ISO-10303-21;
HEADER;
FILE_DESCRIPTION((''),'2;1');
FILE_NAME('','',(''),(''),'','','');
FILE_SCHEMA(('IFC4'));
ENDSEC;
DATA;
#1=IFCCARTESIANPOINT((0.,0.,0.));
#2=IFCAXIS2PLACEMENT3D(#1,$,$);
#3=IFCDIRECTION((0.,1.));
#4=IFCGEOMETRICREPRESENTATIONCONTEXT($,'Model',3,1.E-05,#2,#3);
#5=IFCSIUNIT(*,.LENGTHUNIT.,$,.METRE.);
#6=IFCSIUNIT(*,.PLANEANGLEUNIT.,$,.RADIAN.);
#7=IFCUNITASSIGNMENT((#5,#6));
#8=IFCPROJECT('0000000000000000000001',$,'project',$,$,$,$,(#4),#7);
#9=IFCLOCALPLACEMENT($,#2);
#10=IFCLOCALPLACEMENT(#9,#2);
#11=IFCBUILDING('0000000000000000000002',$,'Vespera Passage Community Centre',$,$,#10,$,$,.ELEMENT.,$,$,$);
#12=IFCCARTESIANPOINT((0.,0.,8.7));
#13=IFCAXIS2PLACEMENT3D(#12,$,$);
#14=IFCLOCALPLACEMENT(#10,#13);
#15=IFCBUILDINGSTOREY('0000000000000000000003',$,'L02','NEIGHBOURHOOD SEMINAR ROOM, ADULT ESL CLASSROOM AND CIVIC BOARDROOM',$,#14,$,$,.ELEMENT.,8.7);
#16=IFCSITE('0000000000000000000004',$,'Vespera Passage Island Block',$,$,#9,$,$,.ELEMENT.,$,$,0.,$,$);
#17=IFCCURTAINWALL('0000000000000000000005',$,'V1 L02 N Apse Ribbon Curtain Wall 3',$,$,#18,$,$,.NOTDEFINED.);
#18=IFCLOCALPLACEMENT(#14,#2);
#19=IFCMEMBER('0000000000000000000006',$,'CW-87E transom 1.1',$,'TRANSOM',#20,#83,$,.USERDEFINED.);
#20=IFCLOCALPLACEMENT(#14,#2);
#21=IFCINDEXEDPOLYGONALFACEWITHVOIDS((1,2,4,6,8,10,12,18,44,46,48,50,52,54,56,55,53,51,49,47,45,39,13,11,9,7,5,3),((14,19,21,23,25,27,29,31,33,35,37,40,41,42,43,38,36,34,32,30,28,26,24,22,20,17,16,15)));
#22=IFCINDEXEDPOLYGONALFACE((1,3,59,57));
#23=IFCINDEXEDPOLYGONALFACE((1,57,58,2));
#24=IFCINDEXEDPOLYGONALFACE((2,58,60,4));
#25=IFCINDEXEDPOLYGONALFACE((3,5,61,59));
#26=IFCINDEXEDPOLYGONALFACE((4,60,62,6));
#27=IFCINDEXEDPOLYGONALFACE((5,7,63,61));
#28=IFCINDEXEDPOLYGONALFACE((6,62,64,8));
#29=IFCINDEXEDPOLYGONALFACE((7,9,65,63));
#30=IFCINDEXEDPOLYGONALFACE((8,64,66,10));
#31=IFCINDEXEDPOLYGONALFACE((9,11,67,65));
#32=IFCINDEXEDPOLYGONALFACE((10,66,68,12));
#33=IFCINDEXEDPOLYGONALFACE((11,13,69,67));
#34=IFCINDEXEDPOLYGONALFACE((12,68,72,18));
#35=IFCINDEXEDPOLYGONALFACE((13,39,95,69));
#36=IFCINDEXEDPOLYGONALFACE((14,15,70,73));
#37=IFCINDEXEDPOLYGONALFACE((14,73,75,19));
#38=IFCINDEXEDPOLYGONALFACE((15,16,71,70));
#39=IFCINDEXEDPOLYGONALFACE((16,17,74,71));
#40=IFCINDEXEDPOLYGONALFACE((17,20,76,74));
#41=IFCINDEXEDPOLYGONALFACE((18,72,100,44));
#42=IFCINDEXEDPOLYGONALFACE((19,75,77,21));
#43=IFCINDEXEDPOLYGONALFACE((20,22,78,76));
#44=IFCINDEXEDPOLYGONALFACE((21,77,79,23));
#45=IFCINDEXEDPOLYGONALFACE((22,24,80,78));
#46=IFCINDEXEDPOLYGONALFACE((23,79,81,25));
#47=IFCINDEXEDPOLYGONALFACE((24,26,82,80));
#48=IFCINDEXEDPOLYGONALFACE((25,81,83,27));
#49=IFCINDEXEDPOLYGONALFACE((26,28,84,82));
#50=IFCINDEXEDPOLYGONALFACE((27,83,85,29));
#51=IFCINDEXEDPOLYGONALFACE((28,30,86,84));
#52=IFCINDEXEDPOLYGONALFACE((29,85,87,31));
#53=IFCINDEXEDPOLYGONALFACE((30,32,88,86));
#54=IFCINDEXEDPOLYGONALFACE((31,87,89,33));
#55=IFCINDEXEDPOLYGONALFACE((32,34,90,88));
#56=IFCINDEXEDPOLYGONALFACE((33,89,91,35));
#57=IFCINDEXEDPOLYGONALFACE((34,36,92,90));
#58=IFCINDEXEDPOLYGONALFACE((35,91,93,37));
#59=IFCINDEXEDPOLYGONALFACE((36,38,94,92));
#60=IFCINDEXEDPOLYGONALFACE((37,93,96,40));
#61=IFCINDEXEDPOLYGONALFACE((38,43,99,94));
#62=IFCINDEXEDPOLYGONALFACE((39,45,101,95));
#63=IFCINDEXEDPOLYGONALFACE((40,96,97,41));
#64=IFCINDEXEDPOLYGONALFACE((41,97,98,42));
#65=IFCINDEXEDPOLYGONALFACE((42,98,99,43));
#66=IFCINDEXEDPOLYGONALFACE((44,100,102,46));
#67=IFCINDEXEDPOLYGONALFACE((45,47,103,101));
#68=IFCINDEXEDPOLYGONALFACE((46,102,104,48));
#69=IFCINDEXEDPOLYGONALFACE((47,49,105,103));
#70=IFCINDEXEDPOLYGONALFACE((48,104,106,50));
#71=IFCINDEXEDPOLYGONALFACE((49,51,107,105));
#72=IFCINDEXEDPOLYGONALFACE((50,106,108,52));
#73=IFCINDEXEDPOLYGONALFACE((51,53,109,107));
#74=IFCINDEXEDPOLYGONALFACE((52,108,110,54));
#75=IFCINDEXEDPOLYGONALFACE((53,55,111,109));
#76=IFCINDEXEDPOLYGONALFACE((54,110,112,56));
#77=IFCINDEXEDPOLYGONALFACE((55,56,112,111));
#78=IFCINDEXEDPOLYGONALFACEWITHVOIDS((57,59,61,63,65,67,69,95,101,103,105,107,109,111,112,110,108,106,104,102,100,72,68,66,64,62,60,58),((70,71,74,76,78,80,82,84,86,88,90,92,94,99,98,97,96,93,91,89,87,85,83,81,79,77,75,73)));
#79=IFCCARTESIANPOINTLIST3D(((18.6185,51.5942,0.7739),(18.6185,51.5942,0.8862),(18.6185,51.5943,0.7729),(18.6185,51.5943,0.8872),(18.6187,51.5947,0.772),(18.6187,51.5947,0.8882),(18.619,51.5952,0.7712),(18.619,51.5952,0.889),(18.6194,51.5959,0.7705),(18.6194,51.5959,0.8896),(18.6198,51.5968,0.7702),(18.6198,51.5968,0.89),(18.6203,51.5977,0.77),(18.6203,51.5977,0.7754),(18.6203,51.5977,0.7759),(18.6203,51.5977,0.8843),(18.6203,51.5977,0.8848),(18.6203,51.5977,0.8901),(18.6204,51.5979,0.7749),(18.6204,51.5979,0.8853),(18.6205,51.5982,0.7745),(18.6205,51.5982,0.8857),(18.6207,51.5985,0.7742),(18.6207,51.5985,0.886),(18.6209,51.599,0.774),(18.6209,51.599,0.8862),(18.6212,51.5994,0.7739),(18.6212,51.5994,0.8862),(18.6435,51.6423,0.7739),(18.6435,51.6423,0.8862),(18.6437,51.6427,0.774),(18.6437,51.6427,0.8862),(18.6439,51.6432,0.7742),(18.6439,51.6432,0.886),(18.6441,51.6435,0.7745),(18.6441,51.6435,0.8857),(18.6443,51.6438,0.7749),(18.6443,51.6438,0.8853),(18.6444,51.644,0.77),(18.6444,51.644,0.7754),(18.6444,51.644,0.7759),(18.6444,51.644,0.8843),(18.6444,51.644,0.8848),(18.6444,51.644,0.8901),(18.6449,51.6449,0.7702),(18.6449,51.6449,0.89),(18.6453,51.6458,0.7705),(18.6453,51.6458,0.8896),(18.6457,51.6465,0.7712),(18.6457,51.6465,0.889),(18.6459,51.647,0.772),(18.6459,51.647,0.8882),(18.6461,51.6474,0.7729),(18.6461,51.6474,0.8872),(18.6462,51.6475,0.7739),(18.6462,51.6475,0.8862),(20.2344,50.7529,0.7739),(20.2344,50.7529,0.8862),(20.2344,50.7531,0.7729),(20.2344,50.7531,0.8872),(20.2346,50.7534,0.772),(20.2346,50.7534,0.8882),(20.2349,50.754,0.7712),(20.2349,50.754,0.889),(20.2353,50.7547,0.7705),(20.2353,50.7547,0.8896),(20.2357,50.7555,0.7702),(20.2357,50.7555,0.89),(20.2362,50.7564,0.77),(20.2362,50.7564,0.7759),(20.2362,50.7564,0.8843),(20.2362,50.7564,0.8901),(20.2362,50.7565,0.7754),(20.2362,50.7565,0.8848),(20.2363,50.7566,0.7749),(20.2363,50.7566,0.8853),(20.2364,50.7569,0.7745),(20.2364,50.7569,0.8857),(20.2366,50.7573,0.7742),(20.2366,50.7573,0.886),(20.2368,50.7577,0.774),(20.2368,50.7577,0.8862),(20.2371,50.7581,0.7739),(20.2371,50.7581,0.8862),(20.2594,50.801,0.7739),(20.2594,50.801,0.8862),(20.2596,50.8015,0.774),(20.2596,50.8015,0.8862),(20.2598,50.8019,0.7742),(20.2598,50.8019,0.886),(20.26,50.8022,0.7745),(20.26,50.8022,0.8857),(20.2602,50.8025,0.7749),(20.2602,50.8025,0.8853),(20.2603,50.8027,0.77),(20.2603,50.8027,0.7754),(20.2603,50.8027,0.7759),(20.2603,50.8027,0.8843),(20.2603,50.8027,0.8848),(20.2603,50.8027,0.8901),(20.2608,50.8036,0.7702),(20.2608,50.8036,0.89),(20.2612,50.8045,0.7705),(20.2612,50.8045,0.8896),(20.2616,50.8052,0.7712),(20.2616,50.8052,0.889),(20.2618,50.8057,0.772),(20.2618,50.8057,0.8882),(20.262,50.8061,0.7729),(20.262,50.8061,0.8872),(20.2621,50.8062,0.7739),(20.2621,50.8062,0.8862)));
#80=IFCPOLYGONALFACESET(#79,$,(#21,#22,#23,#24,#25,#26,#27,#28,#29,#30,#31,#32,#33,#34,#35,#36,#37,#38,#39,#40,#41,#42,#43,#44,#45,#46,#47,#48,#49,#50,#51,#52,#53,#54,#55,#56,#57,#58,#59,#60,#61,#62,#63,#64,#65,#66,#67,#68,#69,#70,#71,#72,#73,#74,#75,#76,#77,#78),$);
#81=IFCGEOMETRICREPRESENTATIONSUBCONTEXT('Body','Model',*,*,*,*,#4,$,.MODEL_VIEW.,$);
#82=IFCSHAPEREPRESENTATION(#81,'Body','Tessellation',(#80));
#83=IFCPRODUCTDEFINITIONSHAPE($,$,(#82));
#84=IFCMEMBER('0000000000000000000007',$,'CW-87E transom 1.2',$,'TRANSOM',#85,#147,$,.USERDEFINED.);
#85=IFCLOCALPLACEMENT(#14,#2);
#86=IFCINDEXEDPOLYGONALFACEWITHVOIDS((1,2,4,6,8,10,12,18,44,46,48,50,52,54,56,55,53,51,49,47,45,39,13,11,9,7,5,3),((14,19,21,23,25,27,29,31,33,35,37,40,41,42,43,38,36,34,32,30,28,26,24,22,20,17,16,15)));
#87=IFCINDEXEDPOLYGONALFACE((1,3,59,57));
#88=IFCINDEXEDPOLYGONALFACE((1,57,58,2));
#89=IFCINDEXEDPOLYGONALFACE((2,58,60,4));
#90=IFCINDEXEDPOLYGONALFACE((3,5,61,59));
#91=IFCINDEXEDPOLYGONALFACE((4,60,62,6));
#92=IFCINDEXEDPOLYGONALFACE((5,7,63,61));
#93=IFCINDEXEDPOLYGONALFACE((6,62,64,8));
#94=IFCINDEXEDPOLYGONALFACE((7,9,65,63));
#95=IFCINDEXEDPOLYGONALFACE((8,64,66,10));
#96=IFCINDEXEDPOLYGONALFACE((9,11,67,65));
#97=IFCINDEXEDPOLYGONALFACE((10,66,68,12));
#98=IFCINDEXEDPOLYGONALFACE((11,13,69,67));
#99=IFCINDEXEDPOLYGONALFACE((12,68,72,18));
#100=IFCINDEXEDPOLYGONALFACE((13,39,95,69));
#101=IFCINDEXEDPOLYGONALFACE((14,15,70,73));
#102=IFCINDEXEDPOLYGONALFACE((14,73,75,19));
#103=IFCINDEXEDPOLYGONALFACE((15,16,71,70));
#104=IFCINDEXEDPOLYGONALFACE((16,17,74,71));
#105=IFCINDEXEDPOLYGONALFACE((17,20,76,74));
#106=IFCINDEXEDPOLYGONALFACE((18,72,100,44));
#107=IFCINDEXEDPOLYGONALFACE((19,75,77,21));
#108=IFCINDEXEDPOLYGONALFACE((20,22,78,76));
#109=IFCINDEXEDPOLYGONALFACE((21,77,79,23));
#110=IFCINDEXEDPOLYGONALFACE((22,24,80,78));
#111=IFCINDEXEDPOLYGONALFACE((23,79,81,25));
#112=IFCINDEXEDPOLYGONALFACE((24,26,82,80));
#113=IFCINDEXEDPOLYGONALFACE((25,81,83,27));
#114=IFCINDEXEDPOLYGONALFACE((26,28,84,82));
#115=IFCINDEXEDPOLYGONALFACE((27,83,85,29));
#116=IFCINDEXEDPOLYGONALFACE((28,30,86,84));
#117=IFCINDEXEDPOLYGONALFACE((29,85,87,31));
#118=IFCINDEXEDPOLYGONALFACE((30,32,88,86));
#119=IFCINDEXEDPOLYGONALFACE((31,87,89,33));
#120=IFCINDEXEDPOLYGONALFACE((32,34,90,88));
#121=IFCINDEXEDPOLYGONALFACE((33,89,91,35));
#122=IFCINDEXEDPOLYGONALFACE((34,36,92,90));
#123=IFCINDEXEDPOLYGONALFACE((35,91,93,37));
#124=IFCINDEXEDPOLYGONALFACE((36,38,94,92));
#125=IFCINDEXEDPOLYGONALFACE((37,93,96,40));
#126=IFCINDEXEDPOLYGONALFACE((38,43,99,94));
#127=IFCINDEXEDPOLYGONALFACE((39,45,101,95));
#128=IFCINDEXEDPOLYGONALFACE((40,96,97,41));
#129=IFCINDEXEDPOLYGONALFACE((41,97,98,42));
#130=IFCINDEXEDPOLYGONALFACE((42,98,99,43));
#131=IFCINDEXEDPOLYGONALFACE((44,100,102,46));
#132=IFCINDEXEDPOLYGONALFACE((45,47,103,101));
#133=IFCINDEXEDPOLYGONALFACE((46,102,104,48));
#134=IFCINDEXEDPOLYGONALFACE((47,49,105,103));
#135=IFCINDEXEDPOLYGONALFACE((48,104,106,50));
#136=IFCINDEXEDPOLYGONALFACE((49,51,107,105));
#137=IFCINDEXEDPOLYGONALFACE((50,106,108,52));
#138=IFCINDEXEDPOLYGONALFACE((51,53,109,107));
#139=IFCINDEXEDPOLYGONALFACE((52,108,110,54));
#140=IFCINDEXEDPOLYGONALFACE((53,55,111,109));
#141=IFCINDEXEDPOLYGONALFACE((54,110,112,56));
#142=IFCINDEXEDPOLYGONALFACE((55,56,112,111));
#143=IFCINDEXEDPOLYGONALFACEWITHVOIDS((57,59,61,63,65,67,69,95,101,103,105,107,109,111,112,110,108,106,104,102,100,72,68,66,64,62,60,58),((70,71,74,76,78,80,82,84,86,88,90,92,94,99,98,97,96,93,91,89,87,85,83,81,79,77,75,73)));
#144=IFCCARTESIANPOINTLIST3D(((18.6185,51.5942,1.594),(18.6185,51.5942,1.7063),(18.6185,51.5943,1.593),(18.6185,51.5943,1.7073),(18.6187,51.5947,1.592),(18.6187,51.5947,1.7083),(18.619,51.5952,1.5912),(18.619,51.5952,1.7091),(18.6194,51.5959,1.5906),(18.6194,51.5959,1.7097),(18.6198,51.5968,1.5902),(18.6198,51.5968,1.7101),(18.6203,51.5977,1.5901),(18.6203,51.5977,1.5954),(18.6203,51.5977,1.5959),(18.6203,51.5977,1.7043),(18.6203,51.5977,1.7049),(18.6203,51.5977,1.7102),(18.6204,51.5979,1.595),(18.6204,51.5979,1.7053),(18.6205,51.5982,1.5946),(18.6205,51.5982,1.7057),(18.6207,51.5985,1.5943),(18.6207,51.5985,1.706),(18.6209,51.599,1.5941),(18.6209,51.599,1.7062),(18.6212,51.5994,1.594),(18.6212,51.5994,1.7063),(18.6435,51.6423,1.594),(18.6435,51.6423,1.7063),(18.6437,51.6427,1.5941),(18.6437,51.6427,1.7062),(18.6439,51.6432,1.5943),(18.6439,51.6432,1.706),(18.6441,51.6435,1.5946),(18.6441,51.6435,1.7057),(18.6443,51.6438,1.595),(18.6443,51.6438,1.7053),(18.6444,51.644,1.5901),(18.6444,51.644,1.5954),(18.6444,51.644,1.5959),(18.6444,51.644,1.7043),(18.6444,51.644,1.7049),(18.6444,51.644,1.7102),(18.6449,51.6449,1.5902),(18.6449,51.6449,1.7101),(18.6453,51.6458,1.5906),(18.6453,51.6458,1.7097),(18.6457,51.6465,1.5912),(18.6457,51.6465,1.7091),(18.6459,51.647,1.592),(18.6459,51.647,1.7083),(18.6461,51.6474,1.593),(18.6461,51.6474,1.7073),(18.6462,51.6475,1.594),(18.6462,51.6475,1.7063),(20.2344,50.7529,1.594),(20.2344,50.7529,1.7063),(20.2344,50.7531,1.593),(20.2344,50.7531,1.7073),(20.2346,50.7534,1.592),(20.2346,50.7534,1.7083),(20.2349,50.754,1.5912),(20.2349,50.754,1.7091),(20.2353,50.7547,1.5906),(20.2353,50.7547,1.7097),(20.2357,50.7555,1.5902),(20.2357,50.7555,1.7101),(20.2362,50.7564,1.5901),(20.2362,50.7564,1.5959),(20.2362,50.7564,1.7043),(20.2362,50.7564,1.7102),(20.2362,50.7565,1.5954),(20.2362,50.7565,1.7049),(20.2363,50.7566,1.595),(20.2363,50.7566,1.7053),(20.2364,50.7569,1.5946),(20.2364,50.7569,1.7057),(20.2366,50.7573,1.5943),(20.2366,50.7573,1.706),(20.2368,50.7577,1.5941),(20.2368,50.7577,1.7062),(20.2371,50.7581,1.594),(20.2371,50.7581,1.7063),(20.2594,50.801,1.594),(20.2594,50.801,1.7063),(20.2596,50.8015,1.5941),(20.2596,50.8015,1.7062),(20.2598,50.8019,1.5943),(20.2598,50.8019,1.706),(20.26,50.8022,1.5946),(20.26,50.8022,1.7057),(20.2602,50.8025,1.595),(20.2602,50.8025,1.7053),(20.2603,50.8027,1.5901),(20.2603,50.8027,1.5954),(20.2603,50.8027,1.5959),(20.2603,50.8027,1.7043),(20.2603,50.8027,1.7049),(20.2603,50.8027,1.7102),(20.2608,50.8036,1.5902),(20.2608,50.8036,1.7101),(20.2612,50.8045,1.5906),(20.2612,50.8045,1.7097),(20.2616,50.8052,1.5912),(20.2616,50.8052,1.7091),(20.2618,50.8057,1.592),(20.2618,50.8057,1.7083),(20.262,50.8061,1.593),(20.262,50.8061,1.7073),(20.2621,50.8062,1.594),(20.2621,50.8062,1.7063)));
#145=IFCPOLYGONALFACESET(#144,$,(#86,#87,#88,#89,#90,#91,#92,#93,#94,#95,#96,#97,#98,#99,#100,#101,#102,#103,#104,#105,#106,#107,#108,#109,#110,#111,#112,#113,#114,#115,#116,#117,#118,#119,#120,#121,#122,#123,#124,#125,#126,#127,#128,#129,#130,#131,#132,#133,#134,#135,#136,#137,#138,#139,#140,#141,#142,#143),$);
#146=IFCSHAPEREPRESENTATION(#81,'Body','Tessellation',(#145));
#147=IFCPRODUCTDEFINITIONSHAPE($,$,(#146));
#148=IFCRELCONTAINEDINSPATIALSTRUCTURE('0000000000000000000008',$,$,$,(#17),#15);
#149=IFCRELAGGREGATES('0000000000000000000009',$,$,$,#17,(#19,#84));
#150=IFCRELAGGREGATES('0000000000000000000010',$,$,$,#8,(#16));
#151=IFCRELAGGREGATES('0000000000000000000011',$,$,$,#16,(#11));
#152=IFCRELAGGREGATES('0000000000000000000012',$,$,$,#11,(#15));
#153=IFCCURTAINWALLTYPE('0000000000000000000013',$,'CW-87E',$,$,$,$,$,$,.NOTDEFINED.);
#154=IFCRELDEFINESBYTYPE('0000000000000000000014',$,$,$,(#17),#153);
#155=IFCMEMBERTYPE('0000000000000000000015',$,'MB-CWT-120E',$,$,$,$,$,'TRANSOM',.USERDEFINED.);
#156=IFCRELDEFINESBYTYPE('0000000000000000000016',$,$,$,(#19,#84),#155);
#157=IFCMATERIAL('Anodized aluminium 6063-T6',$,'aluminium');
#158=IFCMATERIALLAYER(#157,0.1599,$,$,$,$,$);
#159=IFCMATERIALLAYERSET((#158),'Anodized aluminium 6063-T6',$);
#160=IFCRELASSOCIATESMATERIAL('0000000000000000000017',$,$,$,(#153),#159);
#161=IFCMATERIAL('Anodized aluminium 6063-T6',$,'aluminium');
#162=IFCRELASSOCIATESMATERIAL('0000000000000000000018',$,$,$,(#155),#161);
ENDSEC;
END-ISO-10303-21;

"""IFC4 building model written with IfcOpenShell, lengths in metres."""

from ifc_helpers import new_model, si_unit, direction, frame, origin, origin_2d, place, context, subcontext, project, spatial, hollow_rectangle, extrude, material, layer, layer_set, material_profile, profile_set, type_object, element, aggregate, save


model = new_model("IFC4")

# Units and contexts
model_context = context("Model", 3, precision=1e-05, world=origin(), true_north=direction((0.0, 1.0)))
body_context = subcontext(model_context, "Body", "Model", "MODEL_VIEW")
ifc_project = project(units=[si_unit("LENGTHUNIT", "METRE"), si_unit("PLANEANGLEUNIT", "RADIAN")], contexts=[model_context])

# Site, building, storey
site_placement = place(None, origin())
site = spatial("IfcSite", under=ifc_project, at=site_placement, Name="Vespera Passage Island Block", CompositionType="ELEMENT", RefElevation=0.0)
building_placement = place(site_placement, origin())
building = spatial("IfcBuilding", under=site, at=building_placement, Name="Vespera Passage Community Centre", CompositionType="ELEMENT")
storey_placement = place(building_placement, frame((0.0, 0.0, 8.7)))
storey = spatial("IfcBuildingStorey", under=building, at=storey_placement, Name="L02", Description="NEIGHBOURHOOD SEMINAR ROOM, ADULT ESL CLASSROOM AND CIVIC BOARDROOM", CompositionType="ELEMENT", Elevation=8.7)

# Shared definitions
ifc_material_1 = material(Name="Anodized aluminium 6063-T6", Category="aluminium")
ifc_layer_1 = layer(ifc_material_1, 0.1599)
ifc_layer_set_1 = layer_set([ifc_layer_1], Name="Anodized aluminium 6063-T6")
curtain_wall_type = type_object("IfcCurtainWallType", Name="CW-87E", PredefinedType="NOTDEFINED", material=ifc_layer_set_1)

# Curtain wall
curtain_wall_1_placement = place(storey_placement, origin())
curtain_wall_1 = element("IfcCurtainWall", 1, at=curtain_wall_1_placement, inside=storey, type_object=curtain_wall_type, Name="V1 L02 N Apse Ribbon Curtain Wall 3", PredefinedType="NOTDEFINED")

# Members
ifc_material_2 = material(Name="Anodized aluminium 6063-T6", Category="aluminium")
ifc_material_profile_1 = material_profile(ifc_material_2, hollow_rectangle(XDim=0.0601, YDim=0.1201, WallThickness=0.0039, InnerFilletRadius=0.002, OuterFilletRadius=0.0039, at=origin_2d()), Name="ALU120X60X4")
ifc_profile_set_1 = profile_set([ifc_material_profile_1], Name="Anodized aluminium 6063-T6")
member_type_1 = type_object("IfcMemberType", Name="MB-CWT-120E", ElementType="TRANSOM", PredefinedType="USERDEFINED", material=ifc_profile_set_1)
member_1_placement = place(storey_placement, frame((18.6323, 51.6208, 0.8301), z_axis=(0.886991, -0.461787, 0.0), x_axis=(0.461787, 0.886991, 0.0)))
member_1 = element("IfcMember", 2, at=member_1_placement, type_object=member_type_1, Name="CW-87E transom 1.1", ObjectType="TRANSOM", PredefinedType="USERDEFINED", context=body_context, shape_type="SweptSolid", body=[
    extrude(hollow_rectangle(XDim=0.0601, YDim=0.1201, WallThickness=0.0039, InnerFilletRadius=0.002, OuterFilletRadius=0.0039, at=origin_2d()), origin(), (0.0, 0.0, 1.0), 1.8218),
])
member_2_placement = place(storey_placement, frame((18.6323, 51.6208, 1.6501), z_axis=(0.886991, -0.461787, 0.0), x_axis=(0.461787, 0.886991, 0.0)))
member_2 = element("IfcMember", 3, at=member_2_placement, type_object=member_type_1, Name="CW-87E transom 1.2", ObjectType="TRANSOM", PredefinedType="USERDEFINED", context=body_context, shape_type="SweptSolid", body=[
    extrude(hollow_rectangle(XDim=0.0601, YDim=0.1201, WallThickness=0.0039, InnerFilletRadius=0.002, OuterFilletRadius=0.0039, at=origin_2d()), origin(), (0.0, 0.0, 1.0), 1.8218),
])

aggregate(curtain_wall_1, [member_1, member_2])

save(model, "model.ifc")
